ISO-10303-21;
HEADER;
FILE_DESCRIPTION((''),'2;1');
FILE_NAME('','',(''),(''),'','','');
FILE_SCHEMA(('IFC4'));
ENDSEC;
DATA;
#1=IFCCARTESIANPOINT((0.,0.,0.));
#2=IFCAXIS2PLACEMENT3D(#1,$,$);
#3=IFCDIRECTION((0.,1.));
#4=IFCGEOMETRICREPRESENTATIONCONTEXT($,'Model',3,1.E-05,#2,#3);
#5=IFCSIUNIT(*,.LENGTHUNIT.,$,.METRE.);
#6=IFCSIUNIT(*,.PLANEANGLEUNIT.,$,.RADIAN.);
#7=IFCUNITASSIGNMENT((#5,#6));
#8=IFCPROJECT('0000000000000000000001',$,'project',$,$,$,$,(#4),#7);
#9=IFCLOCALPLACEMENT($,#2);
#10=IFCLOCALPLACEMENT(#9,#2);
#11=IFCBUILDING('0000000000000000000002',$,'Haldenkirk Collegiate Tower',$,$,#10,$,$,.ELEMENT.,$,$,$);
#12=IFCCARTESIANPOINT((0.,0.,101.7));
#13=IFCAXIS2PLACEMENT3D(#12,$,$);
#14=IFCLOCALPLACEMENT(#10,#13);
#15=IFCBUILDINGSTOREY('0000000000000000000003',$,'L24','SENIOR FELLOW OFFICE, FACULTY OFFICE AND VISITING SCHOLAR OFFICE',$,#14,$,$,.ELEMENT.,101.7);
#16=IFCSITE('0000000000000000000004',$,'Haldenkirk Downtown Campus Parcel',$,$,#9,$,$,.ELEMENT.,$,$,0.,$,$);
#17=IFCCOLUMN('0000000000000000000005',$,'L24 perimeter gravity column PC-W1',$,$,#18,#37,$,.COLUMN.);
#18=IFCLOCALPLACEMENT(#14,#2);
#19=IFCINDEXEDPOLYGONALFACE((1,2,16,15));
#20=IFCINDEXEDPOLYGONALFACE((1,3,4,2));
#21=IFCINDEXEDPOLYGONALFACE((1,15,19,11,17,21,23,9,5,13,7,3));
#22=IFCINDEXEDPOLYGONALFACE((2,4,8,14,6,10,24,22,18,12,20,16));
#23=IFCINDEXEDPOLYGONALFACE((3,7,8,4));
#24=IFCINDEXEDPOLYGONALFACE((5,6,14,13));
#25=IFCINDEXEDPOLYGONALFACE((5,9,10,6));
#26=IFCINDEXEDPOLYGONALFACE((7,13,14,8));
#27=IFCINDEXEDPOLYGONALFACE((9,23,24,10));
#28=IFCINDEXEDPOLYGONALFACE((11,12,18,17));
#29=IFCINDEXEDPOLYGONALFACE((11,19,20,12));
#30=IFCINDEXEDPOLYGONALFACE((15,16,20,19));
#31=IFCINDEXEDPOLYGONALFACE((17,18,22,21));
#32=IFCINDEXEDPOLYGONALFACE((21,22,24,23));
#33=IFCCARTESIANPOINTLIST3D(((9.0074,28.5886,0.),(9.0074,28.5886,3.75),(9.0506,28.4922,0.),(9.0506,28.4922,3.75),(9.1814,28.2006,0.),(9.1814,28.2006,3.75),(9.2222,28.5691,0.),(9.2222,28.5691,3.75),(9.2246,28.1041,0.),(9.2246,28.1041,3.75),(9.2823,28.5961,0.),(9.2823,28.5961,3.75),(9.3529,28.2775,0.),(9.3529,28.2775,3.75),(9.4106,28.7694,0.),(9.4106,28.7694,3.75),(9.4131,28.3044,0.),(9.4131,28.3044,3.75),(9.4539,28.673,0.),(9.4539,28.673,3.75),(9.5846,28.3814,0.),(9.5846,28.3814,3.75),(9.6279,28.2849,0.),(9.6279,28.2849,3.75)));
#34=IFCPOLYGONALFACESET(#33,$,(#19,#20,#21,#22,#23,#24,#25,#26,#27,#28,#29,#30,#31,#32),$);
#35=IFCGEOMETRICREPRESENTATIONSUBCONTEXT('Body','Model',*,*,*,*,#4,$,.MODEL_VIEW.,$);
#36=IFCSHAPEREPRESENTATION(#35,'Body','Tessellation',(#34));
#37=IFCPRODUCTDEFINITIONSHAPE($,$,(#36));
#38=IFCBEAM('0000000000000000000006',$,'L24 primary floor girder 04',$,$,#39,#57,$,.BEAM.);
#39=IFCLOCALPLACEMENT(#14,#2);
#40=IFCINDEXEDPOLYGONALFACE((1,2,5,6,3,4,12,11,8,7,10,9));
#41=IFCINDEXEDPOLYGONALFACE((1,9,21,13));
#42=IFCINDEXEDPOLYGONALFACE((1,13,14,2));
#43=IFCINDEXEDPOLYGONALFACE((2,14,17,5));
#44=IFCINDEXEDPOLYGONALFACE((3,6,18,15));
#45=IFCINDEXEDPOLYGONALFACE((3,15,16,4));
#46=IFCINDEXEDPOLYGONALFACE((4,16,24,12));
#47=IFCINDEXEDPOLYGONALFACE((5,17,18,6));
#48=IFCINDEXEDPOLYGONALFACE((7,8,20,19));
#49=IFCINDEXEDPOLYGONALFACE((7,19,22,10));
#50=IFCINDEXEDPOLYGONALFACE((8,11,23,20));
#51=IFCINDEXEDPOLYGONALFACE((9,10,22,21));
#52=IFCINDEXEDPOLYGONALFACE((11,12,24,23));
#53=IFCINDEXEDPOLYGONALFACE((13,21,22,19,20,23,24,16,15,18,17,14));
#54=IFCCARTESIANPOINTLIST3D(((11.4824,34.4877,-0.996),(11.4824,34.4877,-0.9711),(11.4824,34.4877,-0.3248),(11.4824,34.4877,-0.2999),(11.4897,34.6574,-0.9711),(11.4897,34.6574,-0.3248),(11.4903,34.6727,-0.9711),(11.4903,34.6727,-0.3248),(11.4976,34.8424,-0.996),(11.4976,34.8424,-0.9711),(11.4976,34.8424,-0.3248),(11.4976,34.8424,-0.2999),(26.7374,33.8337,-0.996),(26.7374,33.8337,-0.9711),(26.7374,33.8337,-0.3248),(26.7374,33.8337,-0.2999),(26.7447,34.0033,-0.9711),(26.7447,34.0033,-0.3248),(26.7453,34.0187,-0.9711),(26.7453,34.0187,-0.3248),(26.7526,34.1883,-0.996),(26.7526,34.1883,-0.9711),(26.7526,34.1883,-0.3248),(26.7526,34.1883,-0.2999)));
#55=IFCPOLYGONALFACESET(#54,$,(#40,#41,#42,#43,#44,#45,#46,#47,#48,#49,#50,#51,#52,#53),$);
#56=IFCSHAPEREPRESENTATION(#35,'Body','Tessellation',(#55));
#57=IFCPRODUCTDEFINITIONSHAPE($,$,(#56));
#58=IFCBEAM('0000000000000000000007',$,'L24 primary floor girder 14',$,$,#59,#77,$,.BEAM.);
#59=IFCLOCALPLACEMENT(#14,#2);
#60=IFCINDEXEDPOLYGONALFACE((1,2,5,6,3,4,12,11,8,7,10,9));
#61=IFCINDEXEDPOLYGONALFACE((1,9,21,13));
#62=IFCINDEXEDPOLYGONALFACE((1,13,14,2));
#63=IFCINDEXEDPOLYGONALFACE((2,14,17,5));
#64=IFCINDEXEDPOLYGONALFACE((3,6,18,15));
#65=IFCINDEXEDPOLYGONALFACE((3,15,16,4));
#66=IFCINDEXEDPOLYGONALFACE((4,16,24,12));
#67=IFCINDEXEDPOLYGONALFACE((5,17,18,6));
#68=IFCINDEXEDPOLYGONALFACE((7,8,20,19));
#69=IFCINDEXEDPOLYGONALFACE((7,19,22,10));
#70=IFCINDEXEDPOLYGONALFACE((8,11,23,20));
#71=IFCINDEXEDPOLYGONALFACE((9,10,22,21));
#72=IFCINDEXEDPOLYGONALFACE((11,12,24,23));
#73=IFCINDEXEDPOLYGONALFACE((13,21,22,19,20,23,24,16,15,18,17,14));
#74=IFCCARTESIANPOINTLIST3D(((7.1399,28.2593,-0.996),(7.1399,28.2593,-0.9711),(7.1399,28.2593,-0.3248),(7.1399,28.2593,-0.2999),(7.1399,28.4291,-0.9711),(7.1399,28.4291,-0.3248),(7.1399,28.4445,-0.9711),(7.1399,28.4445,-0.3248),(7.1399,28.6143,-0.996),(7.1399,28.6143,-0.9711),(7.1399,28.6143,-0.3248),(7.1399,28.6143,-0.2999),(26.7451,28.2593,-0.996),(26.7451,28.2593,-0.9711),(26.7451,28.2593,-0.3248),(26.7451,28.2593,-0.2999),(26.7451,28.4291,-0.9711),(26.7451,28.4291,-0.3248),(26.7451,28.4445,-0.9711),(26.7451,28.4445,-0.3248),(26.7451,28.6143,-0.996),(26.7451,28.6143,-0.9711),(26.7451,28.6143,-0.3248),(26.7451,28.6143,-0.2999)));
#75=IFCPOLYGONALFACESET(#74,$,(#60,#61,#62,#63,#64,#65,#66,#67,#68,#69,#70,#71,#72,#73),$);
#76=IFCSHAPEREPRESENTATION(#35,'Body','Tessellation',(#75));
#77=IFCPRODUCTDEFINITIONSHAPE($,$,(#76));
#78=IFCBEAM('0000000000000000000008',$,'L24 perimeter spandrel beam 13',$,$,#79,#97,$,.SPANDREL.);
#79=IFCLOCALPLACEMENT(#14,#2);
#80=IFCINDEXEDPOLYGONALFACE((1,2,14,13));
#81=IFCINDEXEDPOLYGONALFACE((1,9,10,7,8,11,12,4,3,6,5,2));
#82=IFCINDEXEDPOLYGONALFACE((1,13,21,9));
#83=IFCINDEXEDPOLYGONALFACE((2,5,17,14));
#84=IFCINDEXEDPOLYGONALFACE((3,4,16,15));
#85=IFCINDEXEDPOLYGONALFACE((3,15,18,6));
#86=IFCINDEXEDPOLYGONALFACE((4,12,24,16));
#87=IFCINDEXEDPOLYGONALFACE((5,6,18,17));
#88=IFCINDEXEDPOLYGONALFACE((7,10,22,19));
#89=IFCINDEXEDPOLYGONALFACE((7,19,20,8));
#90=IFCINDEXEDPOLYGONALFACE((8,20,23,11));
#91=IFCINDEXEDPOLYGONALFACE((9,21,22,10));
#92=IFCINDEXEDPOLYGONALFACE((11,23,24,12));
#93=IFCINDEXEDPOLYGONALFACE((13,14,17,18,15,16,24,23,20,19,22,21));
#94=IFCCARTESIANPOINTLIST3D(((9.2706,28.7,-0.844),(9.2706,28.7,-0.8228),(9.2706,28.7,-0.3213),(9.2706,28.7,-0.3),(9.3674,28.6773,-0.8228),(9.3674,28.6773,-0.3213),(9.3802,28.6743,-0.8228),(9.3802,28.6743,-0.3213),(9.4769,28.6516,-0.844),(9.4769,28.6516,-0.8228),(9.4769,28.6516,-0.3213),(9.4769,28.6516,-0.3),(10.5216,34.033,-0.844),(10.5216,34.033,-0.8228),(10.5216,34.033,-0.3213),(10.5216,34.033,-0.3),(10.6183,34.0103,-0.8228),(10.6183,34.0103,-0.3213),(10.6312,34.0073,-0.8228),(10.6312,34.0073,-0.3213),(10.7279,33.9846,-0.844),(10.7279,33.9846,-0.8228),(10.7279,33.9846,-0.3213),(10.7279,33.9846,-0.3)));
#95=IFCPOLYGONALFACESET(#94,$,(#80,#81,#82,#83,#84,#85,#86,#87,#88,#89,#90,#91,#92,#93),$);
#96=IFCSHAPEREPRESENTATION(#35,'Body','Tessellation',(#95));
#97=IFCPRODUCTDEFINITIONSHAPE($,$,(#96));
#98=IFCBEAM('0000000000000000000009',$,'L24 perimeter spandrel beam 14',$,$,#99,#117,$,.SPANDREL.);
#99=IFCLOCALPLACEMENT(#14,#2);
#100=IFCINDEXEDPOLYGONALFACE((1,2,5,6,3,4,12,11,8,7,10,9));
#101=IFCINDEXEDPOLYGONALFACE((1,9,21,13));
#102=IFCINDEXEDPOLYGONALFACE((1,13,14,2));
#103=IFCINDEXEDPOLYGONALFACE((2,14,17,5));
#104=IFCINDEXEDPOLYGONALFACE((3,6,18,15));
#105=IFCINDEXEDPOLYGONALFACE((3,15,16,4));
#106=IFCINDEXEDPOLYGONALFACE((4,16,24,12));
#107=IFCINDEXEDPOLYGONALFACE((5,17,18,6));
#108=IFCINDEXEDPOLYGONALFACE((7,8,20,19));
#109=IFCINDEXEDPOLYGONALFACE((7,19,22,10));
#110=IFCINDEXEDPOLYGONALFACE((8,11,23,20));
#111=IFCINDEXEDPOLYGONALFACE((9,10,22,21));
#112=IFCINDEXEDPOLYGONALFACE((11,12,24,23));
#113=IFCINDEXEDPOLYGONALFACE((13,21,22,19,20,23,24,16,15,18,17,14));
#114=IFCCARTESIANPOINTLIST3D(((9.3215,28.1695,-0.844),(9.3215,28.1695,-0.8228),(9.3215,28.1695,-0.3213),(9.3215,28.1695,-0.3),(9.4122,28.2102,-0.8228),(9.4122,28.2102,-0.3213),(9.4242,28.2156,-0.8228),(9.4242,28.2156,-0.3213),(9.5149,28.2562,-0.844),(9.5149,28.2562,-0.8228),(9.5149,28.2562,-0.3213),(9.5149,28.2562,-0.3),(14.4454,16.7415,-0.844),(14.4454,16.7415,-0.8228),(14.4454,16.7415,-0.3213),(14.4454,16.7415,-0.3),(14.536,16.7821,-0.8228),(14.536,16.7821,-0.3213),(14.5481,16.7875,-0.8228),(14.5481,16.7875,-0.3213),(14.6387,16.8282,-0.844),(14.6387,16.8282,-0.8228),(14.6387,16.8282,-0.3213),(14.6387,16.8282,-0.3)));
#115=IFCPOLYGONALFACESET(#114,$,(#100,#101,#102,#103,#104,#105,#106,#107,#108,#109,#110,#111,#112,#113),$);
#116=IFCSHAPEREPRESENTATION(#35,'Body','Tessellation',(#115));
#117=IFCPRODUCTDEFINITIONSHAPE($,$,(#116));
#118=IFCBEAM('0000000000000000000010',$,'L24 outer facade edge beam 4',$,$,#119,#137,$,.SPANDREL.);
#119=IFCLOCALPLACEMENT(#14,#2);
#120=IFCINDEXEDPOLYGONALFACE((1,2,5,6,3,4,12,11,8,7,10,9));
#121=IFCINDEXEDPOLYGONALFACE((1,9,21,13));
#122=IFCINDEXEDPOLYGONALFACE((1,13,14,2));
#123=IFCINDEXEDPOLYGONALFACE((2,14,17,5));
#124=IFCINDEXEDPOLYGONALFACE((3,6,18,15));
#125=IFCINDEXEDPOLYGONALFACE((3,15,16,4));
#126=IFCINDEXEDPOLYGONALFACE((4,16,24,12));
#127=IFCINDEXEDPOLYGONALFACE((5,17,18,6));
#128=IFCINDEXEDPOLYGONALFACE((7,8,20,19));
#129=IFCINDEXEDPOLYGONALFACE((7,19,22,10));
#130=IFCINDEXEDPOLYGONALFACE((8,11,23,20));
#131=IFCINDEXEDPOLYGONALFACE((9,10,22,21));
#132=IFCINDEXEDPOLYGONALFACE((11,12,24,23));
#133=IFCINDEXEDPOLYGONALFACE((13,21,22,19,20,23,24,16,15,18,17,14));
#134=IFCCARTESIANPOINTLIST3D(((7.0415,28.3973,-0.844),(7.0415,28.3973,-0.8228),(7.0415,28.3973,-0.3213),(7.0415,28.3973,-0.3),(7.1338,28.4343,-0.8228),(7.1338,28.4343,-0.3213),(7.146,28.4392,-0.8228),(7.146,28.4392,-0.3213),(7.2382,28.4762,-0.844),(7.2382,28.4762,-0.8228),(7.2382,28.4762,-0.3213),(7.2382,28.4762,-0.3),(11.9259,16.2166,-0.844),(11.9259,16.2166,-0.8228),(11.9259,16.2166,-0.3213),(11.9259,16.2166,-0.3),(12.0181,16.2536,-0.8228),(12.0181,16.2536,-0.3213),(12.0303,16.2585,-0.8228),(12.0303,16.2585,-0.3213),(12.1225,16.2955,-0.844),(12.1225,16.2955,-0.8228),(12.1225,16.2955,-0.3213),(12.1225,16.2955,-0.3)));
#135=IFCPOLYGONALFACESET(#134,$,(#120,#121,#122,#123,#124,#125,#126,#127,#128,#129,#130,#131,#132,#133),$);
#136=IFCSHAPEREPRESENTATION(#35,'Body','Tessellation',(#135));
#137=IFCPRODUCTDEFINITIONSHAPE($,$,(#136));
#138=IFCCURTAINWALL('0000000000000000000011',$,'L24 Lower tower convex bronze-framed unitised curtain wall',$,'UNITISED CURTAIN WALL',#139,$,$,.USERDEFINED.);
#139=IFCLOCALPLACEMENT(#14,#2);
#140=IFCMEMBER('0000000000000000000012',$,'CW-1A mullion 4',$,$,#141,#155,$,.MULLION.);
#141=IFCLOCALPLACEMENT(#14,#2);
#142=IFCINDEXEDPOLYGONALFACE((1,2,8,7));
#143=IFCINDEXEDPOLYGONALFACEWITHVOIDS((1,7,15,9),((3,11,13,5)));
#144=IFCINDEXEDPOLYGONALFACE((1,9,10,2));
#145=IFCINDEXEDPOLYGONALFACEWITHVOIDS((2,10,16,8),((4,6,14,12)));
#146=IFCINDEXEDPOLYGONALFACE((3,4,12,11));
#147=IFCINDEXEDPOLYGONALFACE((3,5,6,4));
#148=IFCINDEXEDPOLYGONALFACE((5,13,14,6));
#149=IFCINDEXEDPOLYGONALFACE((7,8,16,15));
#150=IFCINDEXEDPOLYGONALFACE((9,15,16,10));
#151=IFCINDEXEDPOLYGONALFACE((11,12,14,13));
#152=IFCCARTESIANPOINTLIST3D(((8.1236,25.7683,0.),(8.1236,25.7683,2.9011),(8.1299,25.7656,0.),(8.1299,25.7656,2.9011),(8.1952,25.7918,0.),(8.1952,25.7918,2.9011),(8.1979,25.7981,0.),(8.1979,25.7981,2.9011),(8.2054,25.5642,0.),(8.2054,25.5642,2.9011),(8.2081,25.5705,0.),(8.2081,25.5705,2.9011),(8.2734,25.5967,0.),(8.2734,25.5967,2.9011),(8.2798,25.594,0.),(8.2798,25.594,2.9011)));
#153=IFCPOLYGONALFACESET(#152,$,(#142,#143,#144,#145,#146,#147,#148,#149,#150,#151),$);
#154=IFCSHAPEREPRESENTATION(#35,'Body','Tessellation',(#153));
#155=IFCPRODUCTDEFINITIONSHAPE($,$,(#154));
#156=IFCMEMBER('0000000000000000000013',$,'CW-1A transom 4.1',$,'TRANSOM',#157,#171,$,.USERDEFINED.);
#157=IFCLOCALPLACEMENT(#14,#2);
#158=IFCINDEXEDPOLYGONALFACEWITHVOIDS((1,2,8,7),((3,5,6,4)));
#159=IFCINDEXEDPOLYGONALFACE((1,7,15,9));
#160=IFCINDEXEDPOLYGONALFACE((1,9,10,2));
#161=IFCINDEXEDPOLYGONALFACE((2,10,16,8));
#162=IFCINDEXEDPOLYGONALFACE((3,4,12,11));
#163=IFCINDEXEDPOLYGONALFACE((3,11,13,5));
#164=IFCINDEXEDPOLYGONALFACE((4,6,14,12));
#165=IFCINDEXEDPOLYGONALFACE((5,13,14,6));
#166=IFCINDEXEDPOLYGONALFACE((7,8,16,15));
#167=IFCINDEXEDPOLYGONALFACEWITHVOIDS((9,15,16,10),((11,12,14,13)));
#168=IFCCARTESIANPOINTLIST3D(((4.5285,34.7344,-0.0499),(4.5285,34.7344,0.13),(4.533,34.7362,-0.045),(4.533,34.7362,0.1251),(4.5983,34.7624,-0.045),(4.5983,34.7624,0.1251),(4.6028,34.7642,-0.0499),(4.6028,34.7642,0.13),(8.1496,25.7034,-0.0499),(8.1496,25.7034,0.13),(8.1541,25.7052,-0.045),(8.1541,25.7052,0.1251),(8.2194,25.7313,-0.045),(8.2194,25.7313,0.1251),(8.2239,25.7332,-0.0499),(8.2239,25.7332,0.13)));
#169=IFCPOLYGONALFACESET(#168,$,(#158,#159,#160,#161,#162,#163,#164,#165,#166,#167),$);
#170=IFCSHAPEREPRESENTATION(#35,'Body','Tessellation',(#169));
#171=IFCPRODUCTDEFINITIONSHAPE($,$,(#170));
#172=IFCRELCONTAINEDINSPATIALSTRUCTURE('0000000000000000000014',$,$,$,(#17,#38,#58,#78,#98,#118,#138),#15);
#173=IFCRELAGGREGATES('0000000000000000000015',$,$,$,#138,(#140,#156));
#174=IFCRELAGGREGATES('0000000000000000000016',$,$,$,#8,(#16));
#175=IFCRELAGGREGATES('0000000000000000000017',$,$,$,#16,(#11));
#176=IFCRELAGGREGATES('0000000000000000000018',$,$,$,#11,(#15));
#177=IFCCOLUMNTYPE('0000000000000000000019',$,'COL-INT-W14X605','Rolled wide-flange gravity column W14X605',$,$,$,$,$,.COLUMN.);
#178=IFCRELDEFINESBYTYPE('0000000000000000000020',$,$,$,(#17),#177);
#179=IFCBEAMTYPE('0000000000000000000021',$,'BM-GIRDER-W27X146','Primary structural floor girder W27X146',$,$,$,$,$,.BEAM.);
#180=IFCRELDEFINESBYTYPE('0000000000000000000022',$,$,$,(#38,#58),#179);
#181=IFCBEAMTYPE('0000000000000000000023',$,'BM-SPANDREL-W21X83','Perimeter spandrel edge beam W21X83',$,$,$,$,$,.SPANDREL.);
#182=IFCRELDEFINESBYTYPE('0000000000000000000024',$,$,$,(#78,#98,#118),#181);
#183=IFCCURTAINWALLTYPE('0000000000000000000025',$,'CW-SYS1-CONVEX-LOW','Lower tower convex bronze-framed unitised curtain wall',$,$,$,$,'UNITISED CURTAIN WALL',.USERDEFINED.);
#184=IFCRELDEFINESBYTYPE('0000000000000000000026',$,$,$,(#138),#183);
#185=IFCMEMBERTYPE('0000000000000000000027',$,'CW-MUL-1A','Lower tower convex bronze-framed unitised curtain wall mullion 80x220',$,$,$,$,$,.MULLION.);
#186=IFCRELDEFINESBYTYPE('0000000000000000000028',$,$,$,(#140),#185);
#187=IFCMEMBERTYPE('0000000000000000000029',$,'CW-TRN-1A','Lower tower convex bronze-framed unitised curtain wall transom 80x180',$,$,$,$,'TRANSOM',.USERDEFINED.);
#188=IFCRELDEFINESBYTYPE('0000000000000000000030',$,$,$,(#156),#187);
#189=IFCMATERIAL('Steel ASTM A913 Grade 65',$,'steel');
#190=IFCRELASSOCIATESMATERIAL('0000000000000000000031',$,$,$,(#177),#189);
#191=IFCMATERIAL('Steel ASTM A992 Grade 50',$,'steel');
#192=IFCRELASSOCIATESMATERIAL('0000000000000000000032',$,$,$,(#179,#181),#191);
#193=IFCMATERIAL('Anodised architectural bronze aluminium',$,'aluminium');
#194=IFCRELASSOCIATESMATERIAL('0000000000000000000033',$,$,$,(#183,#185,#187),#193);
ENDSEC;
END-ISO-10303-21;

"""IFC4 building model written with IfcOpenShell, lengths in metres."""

from ifc_helpers import new_model, si_unit, direction, frame, origin, origin_2d, place, context, subcontext, project, spatial, hollow_rectangle, i_section, extrude, material, material_profile, profile_set, type_object, element, aggregate, save


model = new_model("IFC4")

# Units and contexts
model_context = context("Model", 3, precision=1e-05, world=origin(), true_north=direction((0.0, 1.0)))
body_context = subcontext(model_context, "Body", "Model", "MODEL_VIEW")
ifc_project = project(units=[si_unit("LENGTHUNIT", "METRE"), si_unit("PLANEANGLEUNIT", "RADIAN")], contexts=[model_context])

# Site, building, storey
site_placement = place(None, origin())
site = spatial("IfcSite", under=ifc_project, at=site_placement, Name="Haldenkirk Downtown Campus Parcel", CompositionType="ELEMENT", RefElevation=0.0)
building_placement = place(site_placement, origin())
building = spatial("IfcBuilding", under=site, at=building_placement, Name="Haldenkirk Collegiate Tower", CompositionType="ELEMENT")
storey_placement = place(building_placement, frame((0.0, 0.0, 101.7)))
storey = spatial("IfcBuildingStorey", under=building, at=storey_placement, Name="L24", Description="SENIOR FELLOW OFFICE, FACULTY OFFICE AND VISITING SCHOLAR OFFICE", CompositionType="ELEMENT", Elevation=101.7)

# Column
ifc_material_1 = material(Name="Steel ASTM A913 Grade 65", Category="steel")
ifc_material_profile_1 = material_profile(ifc_material_1, i_section(OverallWidth=0.4419, OverallDepth=0.531, WebThickness=0.0659, FlangeThickness=0.1057, at=origin_2d()), Name="W14X605")
ifc_profile_set_1 = profile_set([ifc_material_profile_1], Name="Steel ASTM A913 Grade 65")
column_type = type_object("IfcColumnType", Name="COL-INT-W14X605", Description="Rolled wide-flange gravity column W14X605", PredefinedType="COLUMN", material=ifc_profile_set_1)
column_placement = place(storey_placement, frame((9.3176, 28.4368, 0.0), z_axis=(0.0, 0.0, 1.0), x_axis=(0.912477, 0.409127, 0.0)))
element("IfcColumn", 1, at=column_placement, inside=storey, type_object=column_type, Name="L24 perimeter gravity column PC-W1", PredefinedType="COLUMN", context=body_context, shape_type="SweptSolid", body=[
    extrude(i_section(OverallWidth=0.4419, OverallDepth=0.531, WebThickness=0.0659, FlangeThickness=0.1057, at=origin_2d()), origin(), (0.0, 0.0, 1.0), 3.75),
])

# Beams
ifc_material_2 = material(Name="Steel ASTM A992 Grade 50", Category="steel")
ifc_material_profile_2 = material_profile(ifc_material_2, i_section(OverallWidth=0.355, OverallDepth=0.696, WebThickness=0.0154, FlangeThickness=0.0249, at=origin_2d()), Name="W27X146")
ifc_profile_set_2 = profile_set([ifc_material_profile_2], Name="Steel ASTM A992 Grade 50")
beam_type_1 = type_object("IfcBeamType", Name="BM-GIRDER-W27X146", Description="Primary structural floor girder W27X146", PredefinedType="BEAM", material=ifc_profile_set_2)
beam_1_placement = place(storey_placement, frame((11.49, 34.665, -0.6479), z_axis=(0.999082, -0.042835, 0.0), x_axis=(0.042835, 0.999082, 0.0)))
element("IfcBeam", 2, at=beam_1_placement, inside=storey, type_object=beam_type_1, Name="L24 primary floor girder 04", PredefinedType="BEAM", context=body_context, shape_type="SweptSolid", body=[
    extrude(i_section(OverallWidth=0.355, OverallDepth=0.696, WebThickness=0.0154, FlangeThickness=0.0249, at=origin_2d()), origin(), (0.0, 0.0, 1.0), 15.269),
])
beam_2_placement = place(storey_placement, frame((7.1399, 28.4368, -0.6479), z_axis=(1.0, 0.0, 0.0), x_axis=(0.0, 1.0, 0.0)))
element("IfcBeam", 3, at=beam_2_placement, inside=storey, type_object=beam_type_1, Name="L24 primary floor girder 14", PredefinedType="BEAM", context=body_context, shape_type="SweptSolid", body=[
    extrude(i_section(OverallWidth=0.355, OverallDepth=0.696, WebThickness=0.0154, FlangeThickness=0.0249, at=origin_2d()), origin(), (0.0, 0.0, 1.0), 19.6052),
])
ifc_material_profile_3 = material_profile(ifc_material_2, i_section(OverallWidth=0.2119, OverallDepth=0.5439, WebThickness=0.0132, FlangeThickness=0.0212, at=origin_2d()), Name="W21X83")
ifc_profile_set_3 = profile_set([ifc_material_profile_3], Name="Steel ASTM A992 Grade 50")
beam_type_2 = type_object("IfcBeamType", Name="BM-SPANDREL-W21X83", Description="Perimeter spandrel edge beam W21X83", PredefinedType="SPANDREL", material=ifc_profile_set_3)
beam_3_placement = place(storey_placement, frame((10.6248, 34.0088, -0.572), z_axis=(-0.228374, -0.973574, 0.0), x_axis=(0.973574, -0.228374, 0.0)))
element("IfcBeam", 4, at=beam_3_placement, inside=storey, type_object=beam_type_2, Name="L24 perimeter spandrel beam 13", PredefinedType="SPANDREL", context=body_context, shape_type="SweptSolid", body=[
    extrude(i_section(OverallWidth=0.2119, OverallDepth=0.5439, WebThickness=0.0132, FlangeThickness=0.0212, at=origin_2d()), origin(), (0.0, 0.0, 1.0), 5.4778),
])
beam_4_placement = place(storey_placement, frame((9.4182, 28.2129, -0.572), z_axis=(0.409115, -0.912483, 0.0), x_axis=(0.912483, 0.409115, 0.0)))
element("IfcBeam", 5, at=beam_4_placement, inside=storey, type_object=beam_type_2, Name="L24 perimeter spandrel beam 14", PredefinedType="SPANDREL", context=body_context, shape_type="SweptSolid", body=[
    extrude(i_section(OverallWidth=0.2119, OverallDepth=0.5439, WebThickness=0.0132, FlangeThickness=0.0212, at=origin_2d()), origin(), (0.0, 0.0, 1.0), 12.5242),
])
beam_5_placement = place(storey_placement, frame((7.1399, 28.4368, -0.572), z_axis=(0.37218, -0.928161, 0.0), x_axis=(0.928161, 0.37218, 0.0)))
element("IfcBeam", 6, at=beam_5_placement, inside=storey, type_object=beam_type_2, Name="L24 outer facade edge beam 4", PredefinedType="SPANDREL", context=body_context, shape_type="SweptSolid", body=[
    extrude(i_section(OverallWidth=0.2119, OverallDepth=0.5439, WebThickness=0.0132, FlangeThickness=0.0212, at=origin_2d()), origin(), (0.0, 0.0, 1.0), 13.1235),
])

# Curtain wall, members
ifc_material_3 = material(Name="Anodised architectural bronze aluminium", Category="aluminium")
curtain_wall_type = type_object("IfcCurtainWallType", Name="CW-SYS1-CONVEX-LOW", Description="Lower tower convex bronze-framed unitised curtain wall", ElementType="UNITISED CURTAIN WALL", PredefinedType="USERDEFINED", material=ifc_material_3)
curtain_wall_placement = place(storey_placement, origin())
curtain_wall = element("IfcCurtainWall", 7, at=curtain_wall_placement, inside=storey, type_object=curtain_wall_type, Name="L24 Lower tower convex bronze-framed unitised curtain wall", ObjectType="UNITISED CURTAIN WALL", PredefinedType="USERDEFINED")
ifc_material_profile_4 = material_profile(ifc_material_3, hollow_rectangle(XDim=0.0801, YDim=0.22, WallThickness=0.0049, at=origin_2d()), Name="CW-MUL-1A")
ifc_profile_set_4 = profile_set([ifc_material_profile_4], Name="Anodised architectural bronze aluminium")
member_type_1 = type_object("IfcMemberType", Name="CW-MUL-1A", Description="Lower tower convex bronze-framed unitised curtain wall mullion 80x220", PredefinedType="MULLION", material=ifc_profile_set_4)
member_1_placement = place(storey_placement, frame((8.2017, 25.6812, 0.0), z_axis=(0.0, 0.0, 1.0), x_axis=(-0.928163, -0.372175, 0.0)))
member_1 = element("IfcMember", 8, at=member_1_placement, type_object=member_type_1, Name="CW-1A mullion 4", PredefinedType="MULLION", context=body_context, shape_type="SweptSolid", body=[
    extrude(hollow_rectangle(XDim=0.0801, YDim=0.22, WallThickness=0.0049, at=origin_2d()), origin(), (0.0, 0.0, 1.0), 2.9011),
])
ifc_material_profile_5 = material_profile(ifc_material_3, hollow_rectangle(XDim=0.0801, YDim=0.1799, WallThickness=0.0049, at=origin_2d()), Name="CW-TRN-1A")
ifc_profile_set_5 = profile_set([ifc_material_profile_5], Name="Anodised architectural bronze aluminium")
member_type_2 = type_object("IfcMemberType", Name="CW-TRN-1A", Description="Lower tower convex bronze-framed unitised curtain wall transom 80x180", ElementType="TRANSOM", PredefinedType="USERDEFINED", material=ifc_profile_set_5)
member_2_placement = place(storey_placement, frame((8.1868, 25.7183, 0.04), z_axis=(-0.372161, 0.928168, 0.0), x_axis=(-0.928168, -0.372161, 0.0)))
member_2 = element("IfcMember", 9, at=member_2_placement, type_object=member_type_2, Name="CW-1A transom 4.1", ObjectType="TRANSOM", PredefinedType="USERDEFINED", context=body_context, shape_type="SweptSolid", body=[
    extrude(hollow_rectangle(XDim=0.0801, YDim=0.1799, WallThickness=0.0049, at=origin_2d()), origin(), (0.0, 0.0, 1.0), 9.73),
])
aggregate(curtain_wall, [member_1, member_2])

save(model, "model.ifc")
